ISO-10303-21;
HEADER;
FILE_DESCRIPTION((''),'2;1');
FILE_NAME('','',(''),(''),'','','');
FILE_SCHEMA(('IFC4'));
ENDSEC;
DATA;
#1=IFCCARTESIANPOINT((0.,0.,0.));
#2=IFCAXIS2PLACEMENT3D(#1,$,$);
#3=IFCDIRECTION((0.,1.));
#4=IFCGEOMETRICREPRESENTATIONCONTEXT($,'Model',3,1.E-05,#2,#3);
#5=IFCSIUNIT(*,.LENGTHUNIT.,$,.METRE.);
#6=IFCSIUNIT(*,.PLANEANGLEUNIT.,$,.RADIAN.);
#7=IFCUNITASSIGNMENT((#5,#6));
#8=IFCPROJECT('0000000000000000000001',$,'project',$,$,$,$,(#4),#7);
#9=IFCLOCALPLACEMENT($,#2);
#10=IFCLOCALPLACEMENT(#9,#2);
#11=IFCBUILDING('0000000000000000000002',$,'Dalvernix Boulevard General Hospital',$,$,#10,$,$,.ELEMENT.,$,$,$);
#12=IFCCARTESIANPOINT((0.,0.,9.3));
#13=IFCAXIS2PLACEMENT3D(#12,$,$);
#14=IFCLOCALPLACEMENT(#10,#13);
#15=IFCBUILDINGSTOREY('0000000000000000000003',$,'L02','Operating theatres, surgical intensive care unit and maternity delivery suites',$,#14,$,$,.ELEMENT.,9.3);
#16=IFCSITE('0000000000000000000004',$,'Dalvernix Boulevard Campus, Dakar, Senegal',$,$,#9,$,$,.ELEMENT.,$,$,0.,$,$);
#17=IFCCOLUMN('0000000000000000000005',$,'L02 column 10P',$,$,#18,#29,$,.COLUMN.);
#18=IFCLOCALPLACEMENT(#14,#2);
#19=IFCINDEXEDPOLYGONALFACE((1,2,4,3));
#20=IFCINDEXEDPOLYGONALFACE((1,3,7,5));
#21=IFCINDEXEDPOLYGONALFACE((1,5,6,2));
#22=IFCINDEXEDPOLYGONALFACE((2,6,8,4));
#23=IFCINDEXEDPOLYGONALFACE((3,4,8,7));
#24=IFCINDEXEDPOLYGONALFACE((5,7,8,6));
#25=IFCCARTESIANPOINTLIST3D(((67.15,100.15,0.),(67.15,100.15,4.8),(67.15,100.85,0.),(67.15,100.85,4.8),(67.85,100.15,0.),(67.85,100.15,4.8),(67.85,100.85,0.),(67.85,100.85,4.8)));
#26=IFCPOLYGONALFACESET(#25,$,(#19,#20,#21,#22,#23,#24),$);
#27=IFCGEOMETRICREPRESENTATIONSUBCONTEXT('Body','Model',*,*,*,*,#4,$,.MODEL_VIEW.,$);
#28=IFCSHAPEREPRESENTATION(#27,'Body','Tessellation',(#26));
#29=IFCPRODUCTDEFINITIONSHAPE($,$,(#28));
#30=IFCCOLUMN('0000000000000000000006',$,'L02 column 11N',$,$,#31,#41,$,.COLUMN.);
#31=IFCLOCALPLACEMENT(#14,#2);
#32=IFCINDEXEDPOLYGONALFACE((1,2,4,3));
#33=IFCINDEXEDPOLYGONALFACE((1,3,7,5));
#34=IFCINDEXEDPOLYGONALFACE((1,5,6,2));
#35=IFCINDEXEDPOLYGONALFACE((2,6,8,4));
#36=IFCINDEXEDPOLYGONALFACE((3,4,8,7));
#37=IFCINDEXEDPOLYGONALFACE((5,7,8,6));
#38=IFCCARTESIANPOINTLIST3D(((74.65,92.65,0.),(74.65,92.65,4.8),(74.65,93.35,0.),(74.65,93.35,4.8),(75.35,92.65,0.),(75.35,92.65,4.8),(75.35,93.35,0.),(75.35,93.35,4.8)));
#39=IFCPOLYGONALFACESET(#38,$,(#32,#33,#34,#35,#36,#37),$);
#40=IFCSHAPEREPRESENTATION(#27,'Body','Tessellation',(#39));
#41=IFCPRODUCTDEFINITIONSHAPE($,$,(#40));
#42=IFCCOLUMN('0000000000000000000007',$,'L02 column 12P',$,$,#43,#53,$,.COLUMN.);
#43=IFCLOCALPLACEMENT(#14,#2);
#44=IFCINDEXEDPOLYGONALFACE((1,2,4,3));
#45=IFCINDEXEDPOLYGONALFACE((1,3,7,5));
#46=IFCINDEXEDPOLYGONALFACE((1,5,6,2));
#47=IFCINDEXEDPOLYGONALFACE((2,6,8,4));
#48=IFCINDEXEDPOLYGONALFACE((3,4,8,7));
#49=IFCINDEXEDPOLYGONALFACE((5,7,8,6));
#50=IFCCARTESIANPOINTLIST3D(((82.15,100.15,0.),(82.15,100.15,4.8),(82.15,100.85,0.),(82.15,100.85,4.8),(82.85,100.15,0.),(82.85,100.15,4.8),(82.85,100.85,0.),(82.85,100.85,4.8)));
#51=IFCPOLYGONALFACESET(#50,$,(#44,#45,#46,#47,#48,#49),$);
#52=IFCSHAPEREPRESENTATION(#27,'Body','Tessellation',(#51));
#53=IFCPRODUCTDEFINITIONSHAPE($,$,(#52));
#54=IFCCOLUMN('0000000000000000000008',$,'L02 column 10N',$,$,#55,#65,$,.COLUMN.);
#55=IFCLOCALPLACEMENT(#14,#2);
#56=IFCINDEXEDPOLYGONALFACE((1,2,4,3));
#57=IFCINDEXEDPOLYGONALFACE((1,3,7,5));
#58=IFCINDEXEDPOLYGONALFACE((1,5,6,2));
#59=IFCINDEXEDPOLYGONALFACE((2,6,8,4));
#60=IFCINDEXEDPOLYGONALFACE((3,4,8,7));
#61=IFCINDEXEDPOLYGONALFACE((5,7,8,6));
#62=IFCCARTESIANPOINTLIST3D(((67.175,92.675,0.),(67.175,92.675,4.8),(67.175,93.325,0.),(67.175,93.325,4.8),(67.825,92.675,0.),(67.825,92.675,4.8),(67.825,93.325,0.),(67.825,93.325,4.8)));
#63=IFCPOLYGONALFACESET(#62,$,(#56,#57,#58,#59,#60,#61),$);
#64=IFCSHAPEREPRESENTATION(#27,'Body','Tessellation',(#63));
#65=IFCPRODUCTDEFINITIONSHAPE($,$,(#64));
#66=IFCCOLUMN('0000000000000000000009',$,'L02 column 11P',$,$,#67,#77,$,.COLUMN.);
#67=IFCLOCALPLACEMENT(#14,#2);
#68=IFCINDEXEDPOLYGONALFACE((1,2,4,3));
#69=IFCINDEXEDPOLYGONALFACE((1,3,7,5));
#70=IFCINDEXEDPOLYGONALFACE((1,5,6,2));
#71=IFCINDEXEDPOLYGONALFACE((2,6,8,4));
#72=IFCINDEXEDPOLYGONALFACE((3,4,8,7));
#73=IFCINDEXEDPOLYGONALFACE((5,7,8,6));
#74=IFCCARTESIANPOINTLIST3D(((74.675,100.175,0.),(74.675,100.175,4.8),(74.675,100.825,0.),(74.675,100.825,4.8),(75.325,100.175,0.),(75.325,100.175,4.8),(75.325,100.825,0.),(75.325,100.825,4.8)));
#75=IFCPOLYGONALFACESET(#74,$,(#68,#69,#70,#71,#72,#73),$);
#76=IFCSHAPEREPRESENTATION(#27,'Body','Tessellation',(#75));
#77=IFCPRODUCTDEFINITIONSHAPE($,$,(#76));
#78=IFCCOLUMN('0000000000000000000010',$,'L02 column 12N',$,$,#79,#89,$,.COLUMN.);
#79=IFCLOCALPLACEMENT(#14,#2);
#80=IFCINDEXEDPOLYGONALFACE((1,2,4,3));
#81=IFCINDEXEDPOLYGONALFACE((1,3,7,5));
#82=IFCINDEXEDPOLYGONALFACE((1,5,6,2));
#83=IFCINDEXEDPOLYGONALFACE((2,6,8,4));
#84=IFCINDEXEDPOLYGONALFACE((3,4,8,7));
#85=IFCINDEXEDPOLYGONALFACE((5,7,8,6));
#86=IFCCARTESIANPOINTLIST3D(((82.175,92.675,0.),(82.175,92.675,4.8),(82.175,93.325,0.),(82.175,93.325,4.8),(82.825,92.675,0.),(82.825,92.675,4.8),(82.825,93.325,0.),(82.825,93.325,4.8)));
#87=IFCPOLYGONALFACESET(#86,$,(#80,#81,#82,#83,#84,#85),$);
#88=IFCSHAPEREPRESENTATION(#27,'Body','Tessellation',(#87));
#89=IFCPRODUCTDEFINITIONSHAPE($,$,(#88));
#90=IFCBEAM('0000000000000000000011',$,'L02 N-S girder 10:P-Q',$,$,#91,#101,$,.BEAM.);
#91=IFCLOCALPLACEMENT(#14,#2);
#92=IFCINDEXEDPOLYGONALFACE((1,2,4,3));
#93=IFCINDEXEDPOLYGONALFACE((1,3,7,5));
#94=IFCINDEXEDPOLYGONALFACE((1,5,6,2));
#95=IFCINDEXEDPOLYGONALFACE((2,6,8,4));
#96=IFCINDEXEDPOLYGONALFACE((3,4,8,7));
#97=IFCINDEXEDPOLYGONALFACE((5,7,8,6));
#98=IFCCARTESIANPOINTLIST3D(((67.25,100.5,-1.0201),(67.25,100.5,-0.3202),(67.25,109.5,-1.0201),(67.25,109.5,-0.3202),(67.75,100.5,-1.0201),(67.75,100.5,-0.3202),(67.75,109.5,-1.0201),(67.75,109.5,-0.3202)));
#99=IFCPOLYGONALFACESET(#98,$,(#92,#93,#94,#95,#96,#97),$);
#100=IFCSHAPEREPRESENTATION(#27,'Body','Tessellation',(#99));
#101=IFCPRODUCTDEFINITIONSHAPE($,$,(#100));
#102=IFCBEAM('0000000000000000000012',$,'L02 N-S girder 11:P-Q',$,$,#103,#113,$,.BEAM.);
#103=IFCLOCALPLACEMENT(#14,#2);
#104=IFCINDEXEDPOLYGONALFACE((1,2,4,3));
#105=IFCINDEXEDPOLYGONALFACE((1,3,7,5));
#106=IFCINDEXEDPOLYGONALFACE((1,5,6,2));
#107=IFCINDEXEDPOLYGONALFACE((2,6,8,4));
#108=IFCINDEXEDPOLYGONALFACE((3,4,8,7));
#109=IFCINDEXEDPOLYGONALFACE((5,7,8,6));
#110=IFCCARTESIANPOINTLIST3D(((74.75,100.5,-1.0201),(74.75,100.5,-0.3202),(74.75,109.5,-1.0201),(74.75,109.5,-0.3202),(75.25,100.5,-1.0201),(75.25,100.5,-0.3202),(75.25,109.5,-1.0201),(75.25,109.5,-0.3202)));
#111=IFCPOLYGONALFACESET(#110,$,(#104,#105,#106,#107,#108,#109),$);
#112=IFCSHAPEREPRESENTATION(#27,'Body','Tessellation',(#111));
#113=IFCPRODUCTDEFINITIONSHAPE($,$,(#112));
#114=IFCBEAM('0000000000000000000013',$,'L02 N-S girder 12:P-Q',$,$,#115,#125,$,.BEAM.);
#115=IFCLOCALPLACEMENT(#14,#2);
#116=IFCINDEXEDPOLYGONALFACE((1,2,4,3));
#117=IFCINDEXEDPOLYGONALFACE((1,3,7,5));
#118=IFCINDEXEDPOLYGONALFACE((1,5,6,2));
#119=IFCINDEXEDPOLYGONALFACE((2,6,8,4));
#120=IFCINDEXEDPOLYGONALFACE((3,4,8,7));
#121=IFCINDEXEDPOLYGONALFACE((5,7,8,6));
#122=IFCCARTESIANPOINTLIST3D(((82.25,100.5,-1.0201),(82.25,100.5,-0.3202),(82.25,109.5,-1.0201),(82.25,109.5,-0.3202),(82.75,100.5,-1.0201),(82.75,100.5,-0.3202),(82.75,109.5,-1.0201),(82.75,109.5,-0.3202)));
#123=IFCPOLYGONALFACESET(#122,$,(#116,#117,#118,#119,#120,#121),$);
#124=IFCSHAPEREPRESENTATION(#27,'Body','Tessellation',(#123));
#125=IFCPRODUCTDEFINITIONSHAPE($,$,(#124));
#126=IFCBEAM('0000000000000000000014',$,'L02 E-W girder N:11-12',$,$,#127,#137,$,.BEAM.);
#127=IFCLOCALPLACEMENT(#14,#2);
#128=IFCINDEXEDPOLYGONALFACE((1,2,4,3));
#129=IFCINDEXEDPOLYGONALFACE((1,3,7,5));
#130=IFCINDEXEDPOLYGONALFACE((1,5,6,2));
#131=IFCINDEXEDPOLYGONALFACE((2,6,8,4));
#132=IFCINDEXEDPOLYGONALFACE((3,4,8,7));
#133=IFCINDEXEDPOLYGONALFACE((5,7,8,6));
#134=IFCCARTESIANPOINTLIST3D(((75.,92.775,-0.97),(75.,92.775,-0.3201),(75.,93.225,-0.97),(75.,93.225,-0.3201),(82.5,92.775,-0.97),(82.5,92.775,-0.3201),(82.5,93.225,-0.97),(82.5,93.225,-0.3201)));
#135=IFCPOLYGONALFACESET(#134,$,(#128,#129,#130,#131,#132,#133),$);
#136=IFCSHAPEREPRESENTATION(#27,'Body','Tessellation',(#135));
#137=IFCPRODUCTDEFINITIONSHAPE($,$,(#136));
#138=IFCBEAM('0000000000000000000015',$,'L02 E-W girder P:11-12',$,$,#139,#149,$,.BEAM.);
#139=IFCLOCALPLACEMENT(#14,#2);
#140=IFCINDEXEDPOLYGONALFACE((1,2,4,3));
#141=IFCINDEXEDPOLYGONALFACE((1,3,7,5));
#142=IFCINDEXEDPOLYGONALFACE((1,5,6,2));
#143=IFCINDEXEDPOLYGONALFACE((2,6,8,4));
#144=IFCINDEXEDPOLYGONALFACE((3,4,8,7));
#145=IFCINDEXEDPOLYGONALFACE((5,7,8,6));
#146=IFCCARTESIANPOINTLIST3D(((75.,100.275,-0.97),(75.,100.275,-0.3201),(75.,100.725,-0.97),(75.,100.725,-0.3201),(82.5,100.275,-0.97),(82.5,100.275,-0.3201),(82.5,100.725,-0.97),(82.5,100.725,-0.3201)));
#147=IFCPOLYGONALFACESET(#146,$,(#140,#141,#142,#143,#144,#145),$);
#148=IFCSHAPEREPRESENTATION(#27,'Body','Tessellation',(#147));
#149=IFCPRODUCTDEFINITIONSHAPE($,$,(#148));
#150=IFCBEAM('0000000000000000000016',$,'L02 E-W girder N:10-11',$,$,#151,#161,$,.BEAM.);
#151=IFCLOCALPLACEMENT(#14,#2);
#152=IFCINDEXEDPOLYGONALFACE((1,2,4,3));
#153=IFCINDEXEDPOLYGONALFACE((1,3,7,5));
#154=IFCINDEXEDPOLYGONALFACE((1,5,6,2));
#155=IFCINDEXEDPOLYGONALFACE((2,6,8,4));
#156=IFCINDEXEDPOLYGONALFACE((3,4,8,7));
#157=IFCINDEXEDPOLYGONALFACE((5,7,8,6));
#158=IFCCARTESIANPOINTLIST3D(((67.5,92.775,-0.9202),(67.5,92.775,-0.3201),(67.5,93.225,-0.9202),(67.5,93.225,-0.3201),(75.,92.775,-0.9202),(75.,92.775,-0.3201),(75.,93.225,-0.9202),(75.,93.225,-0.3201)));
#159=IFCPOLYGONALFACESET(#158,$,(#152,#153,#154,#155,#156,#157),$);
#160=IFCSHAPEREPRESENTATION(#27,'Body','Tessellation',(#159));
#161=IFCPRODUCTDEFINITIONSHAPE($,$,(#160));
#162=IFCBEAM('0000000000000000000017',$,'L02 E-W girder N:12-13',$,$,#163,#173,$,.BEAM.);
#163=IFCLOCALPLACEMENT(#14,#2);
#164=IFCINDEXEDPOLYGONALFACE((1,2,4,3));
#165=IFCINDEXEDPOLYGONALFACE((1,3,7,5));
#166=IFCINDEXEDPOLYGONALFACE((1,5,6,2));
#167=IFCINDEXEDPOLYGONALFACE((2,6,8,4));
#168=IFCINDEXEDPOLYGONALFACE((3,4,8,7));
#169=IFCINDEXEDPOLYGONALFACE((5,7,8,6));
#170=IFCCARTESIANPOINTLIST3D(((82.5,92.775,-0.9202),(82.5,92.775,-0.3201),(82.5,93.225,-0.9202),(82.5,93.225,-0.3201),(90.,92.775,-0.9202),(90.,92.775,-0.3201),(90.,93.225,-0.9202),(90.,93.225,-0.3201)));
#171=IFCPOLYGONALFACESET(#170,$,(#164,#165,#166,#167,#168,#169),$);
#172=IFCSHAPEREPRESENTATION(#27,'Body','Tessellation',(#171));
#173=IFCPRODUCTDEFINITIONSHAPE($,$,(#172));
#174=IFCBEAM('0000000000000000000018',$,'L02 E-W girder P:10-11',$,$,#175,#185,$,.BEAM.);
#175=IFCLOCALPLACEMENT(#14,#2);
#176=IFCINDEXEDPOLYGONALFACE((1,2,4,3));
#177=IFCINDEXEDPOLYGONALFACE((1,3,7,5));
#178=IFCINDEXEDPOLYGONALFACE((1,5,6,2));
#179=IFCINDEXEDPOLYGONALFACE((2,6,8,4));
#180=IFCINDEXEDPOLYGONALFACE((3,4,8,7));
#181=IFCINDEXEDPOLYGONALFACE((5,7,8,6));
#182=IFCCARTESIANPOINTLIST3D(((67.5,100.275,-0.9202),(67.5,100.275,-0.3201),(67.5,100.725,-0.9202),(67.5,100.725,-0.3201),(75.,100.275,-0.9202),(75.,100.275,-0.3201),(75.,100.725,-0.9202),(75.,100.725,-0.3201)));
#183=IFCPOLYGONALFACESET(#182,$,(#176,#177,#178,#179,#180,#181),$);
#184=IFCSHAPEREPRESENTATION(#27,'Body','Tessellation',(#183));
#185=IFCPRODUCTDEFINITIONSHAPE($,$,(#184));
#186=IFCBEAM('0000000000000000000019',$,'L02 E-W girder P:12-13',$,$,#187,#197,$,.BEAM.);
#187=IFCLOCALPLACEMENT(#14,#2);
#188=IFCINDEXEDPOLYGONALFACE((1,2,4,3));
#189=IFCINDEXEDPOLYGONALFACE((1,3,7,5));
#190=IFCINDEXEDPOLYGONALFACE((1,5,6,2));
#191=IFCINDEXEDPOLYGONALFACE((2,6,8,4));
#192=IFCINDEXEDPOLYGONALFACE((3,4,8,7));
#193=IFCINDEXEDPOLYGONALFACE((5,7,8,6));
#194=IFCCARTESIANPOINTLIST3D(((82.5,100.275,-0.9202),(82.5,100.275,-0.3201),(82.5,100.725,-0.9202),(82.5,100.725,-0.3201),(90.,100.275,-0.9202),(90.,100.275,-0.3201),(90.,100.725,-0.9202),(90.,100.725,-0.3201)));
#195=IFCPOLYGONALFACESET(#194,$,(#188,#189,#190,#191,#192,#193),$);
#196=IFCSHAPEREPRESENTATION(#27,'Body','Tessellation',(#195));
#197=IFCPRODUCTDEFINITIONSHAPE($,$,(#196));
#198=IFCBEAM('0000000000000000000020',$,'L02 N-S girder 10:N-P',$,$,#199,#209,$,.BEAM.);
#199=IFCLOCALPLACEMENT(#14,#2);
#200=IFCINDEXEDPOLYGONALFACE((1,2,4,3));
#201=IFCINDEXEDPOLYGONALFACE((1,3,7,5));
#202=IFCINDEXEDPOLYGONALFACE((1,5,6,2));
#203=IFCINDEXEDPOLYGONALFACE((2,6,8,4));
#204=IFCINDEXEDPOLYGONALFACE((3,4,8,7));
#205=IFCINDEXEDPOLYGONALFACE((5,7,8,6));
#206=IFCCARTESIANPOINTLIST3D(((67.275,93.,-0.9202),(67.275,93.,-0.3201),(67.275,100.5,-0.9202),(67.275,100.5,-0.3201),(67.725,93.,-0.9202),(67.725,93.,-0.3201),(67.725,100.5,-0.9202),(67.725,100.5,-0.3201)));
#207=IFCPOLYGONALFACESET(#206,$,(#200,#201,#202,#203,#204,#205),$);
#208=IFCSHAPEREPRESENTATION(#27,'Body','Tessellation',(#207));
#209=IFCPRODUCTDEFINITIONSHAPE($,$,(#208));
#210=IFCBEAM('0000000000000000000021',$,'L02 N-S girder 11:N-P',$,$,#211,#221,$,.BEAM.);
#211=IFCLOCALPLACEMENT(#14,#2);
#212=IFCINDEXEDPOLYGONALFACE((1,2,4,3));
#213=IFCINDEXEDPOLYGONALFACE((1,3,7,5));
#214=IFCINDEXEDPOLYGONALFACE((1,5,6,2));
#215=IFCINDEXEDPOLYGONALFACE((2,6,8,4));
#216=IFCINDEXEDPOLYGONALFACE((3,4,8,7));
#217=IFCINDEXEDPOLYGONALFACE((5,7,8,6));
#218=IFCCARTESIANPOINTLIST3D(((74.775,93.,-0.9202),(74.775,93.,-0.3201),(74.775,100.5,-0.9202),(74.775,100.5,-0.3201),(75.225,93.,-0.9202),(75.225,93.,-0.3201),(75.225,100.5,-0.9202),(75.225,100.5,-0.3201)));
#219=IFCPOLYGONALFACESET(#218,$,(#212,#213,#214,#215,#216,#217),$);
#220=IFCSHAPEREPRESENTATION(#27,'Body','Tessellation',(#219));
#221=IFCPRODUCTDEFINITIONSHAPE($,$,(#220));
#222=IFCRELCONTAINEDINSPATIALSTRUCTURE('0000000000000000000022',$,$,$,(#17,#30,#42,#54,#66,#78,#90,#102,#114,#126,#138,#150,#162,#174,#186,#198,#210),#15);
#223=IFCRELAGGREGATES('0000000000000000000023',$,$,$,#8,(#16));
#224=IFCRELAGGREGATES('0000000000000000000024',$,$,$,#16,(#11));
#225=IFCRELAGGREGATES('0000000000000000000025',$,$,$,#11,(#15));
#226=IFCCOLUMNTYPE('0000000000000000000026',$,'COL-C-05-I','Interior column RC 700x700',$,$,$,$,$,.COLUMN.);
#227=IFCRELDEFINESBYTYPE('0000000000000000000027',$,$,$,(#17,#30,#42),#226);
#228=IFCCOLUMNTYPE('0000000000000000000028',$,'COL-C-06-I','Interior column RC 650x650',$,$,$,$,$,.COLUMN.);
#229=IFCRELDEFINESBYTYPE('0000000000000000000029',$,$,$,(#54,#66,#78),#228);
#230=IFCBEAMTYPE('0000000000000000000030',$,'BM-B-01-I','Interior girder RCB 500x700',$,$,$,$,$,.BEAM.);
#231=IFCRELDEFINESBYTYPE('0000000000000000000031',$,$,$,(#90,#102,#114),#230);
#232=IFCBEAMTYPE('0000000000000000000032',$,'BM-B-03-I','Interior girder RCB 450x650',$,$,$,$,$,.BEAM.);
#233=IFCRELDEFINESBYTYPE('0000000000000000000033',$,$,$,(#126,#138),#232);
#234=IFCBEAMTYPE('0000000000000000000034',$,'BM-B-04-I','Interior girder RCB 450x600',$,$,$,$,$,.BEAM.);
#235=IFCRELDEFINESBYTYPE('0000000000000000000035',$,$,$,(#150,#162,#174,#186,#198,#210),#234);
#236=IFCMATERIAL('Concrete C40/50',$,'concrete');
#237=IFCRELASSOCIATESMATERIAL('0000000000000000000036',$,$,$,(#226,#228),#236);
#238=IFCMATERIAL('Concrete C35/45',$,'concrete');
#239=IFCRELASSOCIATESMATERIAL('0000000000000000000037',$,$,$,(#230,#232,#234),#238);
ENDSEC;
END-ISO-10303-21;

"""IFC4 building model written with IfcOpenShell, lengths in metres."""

from ifc_helpers import new_model, si_unit, direction, frame, origin, origin_2d, place, context, subcontext, project, spatial, rectangle, extrude, material, material_profile, profile_set, type_object, element, save


model = new_model("IFC4")

# Units and contexts
model_context = context("Model", 3, precision=1e-05, world=origin(), true_north=direction((0.0, 1.0)))
body_context = subcontext(model_context, "Body", "Model", "MODEL_VIEW")
ifc_project = project(units=[si_unit("LENGTHUNIT", "METRE"), si_unit("PLANEANGLEUNIT", "RADIAN")], contexts=[model_context])

# Site, building, storey
site_placement = place(None, origin())
site = spatial("IfcSite", under=ifc_project, at=site_placement, Name="Dalvernix Boulevard Campus, Dakar, Senegal", CompositionType="ELEMENT", RefElevation=0.0)
building_placement = place(site_placement, origin())
building = spatial("IfcBuilding", under=site, at=building_placement, Name="Dalvernix Boulevard General Hospital", CompositionType="ELEMENT")
storey_placement = place(building_placement, frame((0.0, 0.0, 9.3)))
storey = spatial("IfcBuildingStorey", under=building, at=storey_placement, Name="L02", Description="Operating theatres, surgical intensive care unit and maternity delivery suites", CompositionType="ELEMENT", Elevation=9.3)

# Columns
ifc_material_1 = material(Name="Concrete C40/50", Category="concrete")
ifc_material_profile_1 = material_profile(ifc_material_1, rectangle(XDim=0.7, YDim=0.7, at=origin_2d()), Name="RC 700x700")
ifc_profile_set_1 = profile_set([ifc_material_profile_1], Name="Concrete C40/50")
column_type_1 = type_object("IfcColumnType", Name="COL-C-05-I", Description="Interior column RC 700x700", PredefinedType="COLUMN", material=ifc_profile_set_1)
for number, where, z_axis, x_axis, name in (
    (1, (67.5, 100.5, 0.0), (0.0, 0.0, 1.0), (1.0, 0.0, 0.0), "L02 column 10P"),
    (2, (75.0, 93.0, 0.0), (0.0, 0.0, 1.0), (1.0, 0.0, 0.0), "L02 column 11N"),
    (3, (82.5, 100.5, 0.0), (0.0, 0.0, 1.0), (1.0, 0.0, 0.0), "L02 column 12P"),
):
    element("IfcColumn", number, at=place(storey_placement, frame(where, z_axis=z_axis, x_axis=x_axis)), inside=storey, type_object=column_type_1, Name=name, PredefinedType="COLUMN", context=body_context, shape_type="SweptSolid", body=[
        extrude(rectangle(XDim=0.7, YDim=0.7, at=origin_2d()), origin(), (0.0, 0.0, 1.0), 4.8),
    ])
ifc_material_profile_2 = material_profile(ifc_material_1, rectangle(XDim=0.6499, YDim=0.6499, at=origin_2d()), Name="RC 650x650")
ifc_profile_set_2 = profile_set([ifc_material_profile_2], Name="Concrete C40/50")
column_type_2 = type_object("IfcColumnType", Name="COL-C-06-I", Description="Interior column RC 650x650", PredefinedType="COLUMN", material=ifc_profile_set_2)
for number, where, z_axis, x_axis, name in (
    (4, (67.5, 93.0, 0.0), (0.0, 0.0, 1.0), (1.0, 0.0, 0.0), "L02 column 10N"),
    (5, (75.0, 100.5, 0.0), (0.0, 0.0, 1.0), (1.0, 0.0, 0.0), "L02 column 11P"),
    (6, (82.5, 93.0, 0.0), (0.0, 0.0, 1.0), (1.0, 0.0, 0.0), "L02 column 12N"),
):
    element("IfcColumn", number, at=place(storey_placement, frame(where, z_axis=z_axis, x_axis=x_axis)), inside=storey, type_object=column_type_2, Name=name, PredefinedType="COLUMN", context=body_context, shape_type="SweptSolid", body=[
        extrude(rectangle(XDim=0.6499, YDim=0.6499, at=origin_2d()), origin(), (0.0, 0.0, 1.0), 4.8),
    ])

# Beams
ifc_material_2 = material(Name="Concrete C35/45", Category="concrete")
ifc_material_profile_3 = material_profile(ifc_material_2, rectangle(XDim=0.5, YDim=0.7, at=origin_2d()), Name="RCB 500x700")
ifc_profile_set_3 = profile_set([ifc_material_profile_3], Name="Concrete C35/45")
beam_type_1 = type_object("IfcBeamType", Name="BM-B-01-I", Description="Interior girder RCB 500x700", PredefinedType="BEAM", material=ifc_profile_set_3)
for number, where, z_axis, x_axis, name in (
    (7, (67.5, 100.5, -0.6702), (0.0, 1.0, 0.0), (-1.0, 0.0, 0.0), "L02 N-S girder 10:P-Q"),
    (8, (75.0, 100.5, -0.6702), (0.0, 1.0, 0.0), (-1.0, 0.0, 0.0), "L02 N-S girder 11:P-Q"),
    (9, (82.5, 100.5, -0.6702), (0.0, 1.0, 0.0), (-1.0, 0.0, 0.0), "L02 N-S girder 12:P-Q"),
):
    element("IfcBeam", number, at=place(storey_placement, frame(where, z_axis=z_axis, x_axis=x_axis)), inside=storey, type_object=beam_type_1, Name=name, PredefinedType="BEAM", context=body_context, shape_type="SweptSolid", body=[
        extrude(rectangle(XDim=0.5, YDim=0.7, at=origin_2d()), origin(), (0.0, 0.0, 1.0), 9.0),
    ])
ifc_material_profile_4 = material_profile(ifc_material_2, rectangle(XDim=0.45, YDim=0.6499, at=origin_2d()), Name="RCB 450x650")
ifc_profile_set_4 = profile_set([ifc_material_profile_4], Name="Concrete C35/45")
beam_type_2 = type_object("IfcBeamType", Name="BM-B-03-I", Description="Interior girder RCB 450x650", PredefinedType="BEAM", material=ifc_profile_set_4)
for number, where, z_axis, x_axis, name in (
    (10, (75.0, 93.0, -0.645), (1.0, 0.0, 0.0), (0.0, 1.0, 0.0), "L02 E-W girder N:11-12"),
    (11, (75.0, 100.5, -0.645), (1.0, 0.0, 0.0), (0.0, 1.0, 0.0), "L02 E-W girder P:11-12"),
):
    element("IfcBeam", number, at=place(storey_placement, frame(where, z_axis=z_axis, x_axis=x_axis)), inside=storey, type_object=beam_type_2, Name=name, PredefinedType="BEAM", context=body_context, shape_type="SweptSolid", body=[
        extrude(rectangle(XDim=0.45, YDim=0.6499, at=origin_2d()), origin(), (0.0, 0.0, 1.0), 7.5),
    ])
ifc_material_profile_5 = material_profile(ifc_material_2, rectangle(XDim=0.45, YDim=0.6001, at=origin_2d()), Name="RCB 450x600")
ifc_profile_set_5 = profile_set([ifc_material_profile_5], Name="Concrete C35/45")
beam_type_3 = type_object("IfcBeamType", Name="BM-B-04-I", Description="Interior girder RCB 450x600", PredefinedType="BEAM", material=ifc_profile_set_5)
for number, where, z_axis, x_axis, name in (
    (12, (67.5, 93.0, -0.6201), (1.0, 0.0, 0.0), (0.0, 1.0, 0.0), "L02 E-W girder N:10-11"),
    (13, (82.5, 93.0, -0.6201), (1.0, 0.0, 0.0), (0.0, 1.0, 0.0), "L02 E-W girder N:12-13"),
    (14, (67.5, 100.5, -0.6201), (1.0, 0.0, 0.0), (0.0, 1.0, 0.0), "L02 E-W girder P:10-11"),
    (15, (82.5, 100.5, -0.6201), (1.0, 0.0, 0.0), (0.0, 1.0, 0.0), "L02 E-W girder P:12-13"),
    (16, (67.5, 93.0, -0.6201), (0.0, 1.0, 0.0), (-1.0, 0.0, 0.0), "L02 N-S girder 10:N-P"),
    (17, (75.0, 93.0, -0.6201), (0.0, 1.0, 0.0), (-1.0, 0.0, 0.0), "L02 N-S girder 11:N-P"),
):
    element("IfcBeam", number, at=place(storey_placement, frame(where, z_axis=z_axis, x_axis=x_axis)), inside=storey, type_object=beam_type_3, Name=name, PredefinedType="BEAM", context=body_context, shape_type="SweptSolid", body=[
        extrude(rectangle(XDim=0.45, YDim=0.6001, at=origin_2d()), origin(), (0.0, 0.0, 1.0), 7.5),
    ])

save(model, "model.ifc")
